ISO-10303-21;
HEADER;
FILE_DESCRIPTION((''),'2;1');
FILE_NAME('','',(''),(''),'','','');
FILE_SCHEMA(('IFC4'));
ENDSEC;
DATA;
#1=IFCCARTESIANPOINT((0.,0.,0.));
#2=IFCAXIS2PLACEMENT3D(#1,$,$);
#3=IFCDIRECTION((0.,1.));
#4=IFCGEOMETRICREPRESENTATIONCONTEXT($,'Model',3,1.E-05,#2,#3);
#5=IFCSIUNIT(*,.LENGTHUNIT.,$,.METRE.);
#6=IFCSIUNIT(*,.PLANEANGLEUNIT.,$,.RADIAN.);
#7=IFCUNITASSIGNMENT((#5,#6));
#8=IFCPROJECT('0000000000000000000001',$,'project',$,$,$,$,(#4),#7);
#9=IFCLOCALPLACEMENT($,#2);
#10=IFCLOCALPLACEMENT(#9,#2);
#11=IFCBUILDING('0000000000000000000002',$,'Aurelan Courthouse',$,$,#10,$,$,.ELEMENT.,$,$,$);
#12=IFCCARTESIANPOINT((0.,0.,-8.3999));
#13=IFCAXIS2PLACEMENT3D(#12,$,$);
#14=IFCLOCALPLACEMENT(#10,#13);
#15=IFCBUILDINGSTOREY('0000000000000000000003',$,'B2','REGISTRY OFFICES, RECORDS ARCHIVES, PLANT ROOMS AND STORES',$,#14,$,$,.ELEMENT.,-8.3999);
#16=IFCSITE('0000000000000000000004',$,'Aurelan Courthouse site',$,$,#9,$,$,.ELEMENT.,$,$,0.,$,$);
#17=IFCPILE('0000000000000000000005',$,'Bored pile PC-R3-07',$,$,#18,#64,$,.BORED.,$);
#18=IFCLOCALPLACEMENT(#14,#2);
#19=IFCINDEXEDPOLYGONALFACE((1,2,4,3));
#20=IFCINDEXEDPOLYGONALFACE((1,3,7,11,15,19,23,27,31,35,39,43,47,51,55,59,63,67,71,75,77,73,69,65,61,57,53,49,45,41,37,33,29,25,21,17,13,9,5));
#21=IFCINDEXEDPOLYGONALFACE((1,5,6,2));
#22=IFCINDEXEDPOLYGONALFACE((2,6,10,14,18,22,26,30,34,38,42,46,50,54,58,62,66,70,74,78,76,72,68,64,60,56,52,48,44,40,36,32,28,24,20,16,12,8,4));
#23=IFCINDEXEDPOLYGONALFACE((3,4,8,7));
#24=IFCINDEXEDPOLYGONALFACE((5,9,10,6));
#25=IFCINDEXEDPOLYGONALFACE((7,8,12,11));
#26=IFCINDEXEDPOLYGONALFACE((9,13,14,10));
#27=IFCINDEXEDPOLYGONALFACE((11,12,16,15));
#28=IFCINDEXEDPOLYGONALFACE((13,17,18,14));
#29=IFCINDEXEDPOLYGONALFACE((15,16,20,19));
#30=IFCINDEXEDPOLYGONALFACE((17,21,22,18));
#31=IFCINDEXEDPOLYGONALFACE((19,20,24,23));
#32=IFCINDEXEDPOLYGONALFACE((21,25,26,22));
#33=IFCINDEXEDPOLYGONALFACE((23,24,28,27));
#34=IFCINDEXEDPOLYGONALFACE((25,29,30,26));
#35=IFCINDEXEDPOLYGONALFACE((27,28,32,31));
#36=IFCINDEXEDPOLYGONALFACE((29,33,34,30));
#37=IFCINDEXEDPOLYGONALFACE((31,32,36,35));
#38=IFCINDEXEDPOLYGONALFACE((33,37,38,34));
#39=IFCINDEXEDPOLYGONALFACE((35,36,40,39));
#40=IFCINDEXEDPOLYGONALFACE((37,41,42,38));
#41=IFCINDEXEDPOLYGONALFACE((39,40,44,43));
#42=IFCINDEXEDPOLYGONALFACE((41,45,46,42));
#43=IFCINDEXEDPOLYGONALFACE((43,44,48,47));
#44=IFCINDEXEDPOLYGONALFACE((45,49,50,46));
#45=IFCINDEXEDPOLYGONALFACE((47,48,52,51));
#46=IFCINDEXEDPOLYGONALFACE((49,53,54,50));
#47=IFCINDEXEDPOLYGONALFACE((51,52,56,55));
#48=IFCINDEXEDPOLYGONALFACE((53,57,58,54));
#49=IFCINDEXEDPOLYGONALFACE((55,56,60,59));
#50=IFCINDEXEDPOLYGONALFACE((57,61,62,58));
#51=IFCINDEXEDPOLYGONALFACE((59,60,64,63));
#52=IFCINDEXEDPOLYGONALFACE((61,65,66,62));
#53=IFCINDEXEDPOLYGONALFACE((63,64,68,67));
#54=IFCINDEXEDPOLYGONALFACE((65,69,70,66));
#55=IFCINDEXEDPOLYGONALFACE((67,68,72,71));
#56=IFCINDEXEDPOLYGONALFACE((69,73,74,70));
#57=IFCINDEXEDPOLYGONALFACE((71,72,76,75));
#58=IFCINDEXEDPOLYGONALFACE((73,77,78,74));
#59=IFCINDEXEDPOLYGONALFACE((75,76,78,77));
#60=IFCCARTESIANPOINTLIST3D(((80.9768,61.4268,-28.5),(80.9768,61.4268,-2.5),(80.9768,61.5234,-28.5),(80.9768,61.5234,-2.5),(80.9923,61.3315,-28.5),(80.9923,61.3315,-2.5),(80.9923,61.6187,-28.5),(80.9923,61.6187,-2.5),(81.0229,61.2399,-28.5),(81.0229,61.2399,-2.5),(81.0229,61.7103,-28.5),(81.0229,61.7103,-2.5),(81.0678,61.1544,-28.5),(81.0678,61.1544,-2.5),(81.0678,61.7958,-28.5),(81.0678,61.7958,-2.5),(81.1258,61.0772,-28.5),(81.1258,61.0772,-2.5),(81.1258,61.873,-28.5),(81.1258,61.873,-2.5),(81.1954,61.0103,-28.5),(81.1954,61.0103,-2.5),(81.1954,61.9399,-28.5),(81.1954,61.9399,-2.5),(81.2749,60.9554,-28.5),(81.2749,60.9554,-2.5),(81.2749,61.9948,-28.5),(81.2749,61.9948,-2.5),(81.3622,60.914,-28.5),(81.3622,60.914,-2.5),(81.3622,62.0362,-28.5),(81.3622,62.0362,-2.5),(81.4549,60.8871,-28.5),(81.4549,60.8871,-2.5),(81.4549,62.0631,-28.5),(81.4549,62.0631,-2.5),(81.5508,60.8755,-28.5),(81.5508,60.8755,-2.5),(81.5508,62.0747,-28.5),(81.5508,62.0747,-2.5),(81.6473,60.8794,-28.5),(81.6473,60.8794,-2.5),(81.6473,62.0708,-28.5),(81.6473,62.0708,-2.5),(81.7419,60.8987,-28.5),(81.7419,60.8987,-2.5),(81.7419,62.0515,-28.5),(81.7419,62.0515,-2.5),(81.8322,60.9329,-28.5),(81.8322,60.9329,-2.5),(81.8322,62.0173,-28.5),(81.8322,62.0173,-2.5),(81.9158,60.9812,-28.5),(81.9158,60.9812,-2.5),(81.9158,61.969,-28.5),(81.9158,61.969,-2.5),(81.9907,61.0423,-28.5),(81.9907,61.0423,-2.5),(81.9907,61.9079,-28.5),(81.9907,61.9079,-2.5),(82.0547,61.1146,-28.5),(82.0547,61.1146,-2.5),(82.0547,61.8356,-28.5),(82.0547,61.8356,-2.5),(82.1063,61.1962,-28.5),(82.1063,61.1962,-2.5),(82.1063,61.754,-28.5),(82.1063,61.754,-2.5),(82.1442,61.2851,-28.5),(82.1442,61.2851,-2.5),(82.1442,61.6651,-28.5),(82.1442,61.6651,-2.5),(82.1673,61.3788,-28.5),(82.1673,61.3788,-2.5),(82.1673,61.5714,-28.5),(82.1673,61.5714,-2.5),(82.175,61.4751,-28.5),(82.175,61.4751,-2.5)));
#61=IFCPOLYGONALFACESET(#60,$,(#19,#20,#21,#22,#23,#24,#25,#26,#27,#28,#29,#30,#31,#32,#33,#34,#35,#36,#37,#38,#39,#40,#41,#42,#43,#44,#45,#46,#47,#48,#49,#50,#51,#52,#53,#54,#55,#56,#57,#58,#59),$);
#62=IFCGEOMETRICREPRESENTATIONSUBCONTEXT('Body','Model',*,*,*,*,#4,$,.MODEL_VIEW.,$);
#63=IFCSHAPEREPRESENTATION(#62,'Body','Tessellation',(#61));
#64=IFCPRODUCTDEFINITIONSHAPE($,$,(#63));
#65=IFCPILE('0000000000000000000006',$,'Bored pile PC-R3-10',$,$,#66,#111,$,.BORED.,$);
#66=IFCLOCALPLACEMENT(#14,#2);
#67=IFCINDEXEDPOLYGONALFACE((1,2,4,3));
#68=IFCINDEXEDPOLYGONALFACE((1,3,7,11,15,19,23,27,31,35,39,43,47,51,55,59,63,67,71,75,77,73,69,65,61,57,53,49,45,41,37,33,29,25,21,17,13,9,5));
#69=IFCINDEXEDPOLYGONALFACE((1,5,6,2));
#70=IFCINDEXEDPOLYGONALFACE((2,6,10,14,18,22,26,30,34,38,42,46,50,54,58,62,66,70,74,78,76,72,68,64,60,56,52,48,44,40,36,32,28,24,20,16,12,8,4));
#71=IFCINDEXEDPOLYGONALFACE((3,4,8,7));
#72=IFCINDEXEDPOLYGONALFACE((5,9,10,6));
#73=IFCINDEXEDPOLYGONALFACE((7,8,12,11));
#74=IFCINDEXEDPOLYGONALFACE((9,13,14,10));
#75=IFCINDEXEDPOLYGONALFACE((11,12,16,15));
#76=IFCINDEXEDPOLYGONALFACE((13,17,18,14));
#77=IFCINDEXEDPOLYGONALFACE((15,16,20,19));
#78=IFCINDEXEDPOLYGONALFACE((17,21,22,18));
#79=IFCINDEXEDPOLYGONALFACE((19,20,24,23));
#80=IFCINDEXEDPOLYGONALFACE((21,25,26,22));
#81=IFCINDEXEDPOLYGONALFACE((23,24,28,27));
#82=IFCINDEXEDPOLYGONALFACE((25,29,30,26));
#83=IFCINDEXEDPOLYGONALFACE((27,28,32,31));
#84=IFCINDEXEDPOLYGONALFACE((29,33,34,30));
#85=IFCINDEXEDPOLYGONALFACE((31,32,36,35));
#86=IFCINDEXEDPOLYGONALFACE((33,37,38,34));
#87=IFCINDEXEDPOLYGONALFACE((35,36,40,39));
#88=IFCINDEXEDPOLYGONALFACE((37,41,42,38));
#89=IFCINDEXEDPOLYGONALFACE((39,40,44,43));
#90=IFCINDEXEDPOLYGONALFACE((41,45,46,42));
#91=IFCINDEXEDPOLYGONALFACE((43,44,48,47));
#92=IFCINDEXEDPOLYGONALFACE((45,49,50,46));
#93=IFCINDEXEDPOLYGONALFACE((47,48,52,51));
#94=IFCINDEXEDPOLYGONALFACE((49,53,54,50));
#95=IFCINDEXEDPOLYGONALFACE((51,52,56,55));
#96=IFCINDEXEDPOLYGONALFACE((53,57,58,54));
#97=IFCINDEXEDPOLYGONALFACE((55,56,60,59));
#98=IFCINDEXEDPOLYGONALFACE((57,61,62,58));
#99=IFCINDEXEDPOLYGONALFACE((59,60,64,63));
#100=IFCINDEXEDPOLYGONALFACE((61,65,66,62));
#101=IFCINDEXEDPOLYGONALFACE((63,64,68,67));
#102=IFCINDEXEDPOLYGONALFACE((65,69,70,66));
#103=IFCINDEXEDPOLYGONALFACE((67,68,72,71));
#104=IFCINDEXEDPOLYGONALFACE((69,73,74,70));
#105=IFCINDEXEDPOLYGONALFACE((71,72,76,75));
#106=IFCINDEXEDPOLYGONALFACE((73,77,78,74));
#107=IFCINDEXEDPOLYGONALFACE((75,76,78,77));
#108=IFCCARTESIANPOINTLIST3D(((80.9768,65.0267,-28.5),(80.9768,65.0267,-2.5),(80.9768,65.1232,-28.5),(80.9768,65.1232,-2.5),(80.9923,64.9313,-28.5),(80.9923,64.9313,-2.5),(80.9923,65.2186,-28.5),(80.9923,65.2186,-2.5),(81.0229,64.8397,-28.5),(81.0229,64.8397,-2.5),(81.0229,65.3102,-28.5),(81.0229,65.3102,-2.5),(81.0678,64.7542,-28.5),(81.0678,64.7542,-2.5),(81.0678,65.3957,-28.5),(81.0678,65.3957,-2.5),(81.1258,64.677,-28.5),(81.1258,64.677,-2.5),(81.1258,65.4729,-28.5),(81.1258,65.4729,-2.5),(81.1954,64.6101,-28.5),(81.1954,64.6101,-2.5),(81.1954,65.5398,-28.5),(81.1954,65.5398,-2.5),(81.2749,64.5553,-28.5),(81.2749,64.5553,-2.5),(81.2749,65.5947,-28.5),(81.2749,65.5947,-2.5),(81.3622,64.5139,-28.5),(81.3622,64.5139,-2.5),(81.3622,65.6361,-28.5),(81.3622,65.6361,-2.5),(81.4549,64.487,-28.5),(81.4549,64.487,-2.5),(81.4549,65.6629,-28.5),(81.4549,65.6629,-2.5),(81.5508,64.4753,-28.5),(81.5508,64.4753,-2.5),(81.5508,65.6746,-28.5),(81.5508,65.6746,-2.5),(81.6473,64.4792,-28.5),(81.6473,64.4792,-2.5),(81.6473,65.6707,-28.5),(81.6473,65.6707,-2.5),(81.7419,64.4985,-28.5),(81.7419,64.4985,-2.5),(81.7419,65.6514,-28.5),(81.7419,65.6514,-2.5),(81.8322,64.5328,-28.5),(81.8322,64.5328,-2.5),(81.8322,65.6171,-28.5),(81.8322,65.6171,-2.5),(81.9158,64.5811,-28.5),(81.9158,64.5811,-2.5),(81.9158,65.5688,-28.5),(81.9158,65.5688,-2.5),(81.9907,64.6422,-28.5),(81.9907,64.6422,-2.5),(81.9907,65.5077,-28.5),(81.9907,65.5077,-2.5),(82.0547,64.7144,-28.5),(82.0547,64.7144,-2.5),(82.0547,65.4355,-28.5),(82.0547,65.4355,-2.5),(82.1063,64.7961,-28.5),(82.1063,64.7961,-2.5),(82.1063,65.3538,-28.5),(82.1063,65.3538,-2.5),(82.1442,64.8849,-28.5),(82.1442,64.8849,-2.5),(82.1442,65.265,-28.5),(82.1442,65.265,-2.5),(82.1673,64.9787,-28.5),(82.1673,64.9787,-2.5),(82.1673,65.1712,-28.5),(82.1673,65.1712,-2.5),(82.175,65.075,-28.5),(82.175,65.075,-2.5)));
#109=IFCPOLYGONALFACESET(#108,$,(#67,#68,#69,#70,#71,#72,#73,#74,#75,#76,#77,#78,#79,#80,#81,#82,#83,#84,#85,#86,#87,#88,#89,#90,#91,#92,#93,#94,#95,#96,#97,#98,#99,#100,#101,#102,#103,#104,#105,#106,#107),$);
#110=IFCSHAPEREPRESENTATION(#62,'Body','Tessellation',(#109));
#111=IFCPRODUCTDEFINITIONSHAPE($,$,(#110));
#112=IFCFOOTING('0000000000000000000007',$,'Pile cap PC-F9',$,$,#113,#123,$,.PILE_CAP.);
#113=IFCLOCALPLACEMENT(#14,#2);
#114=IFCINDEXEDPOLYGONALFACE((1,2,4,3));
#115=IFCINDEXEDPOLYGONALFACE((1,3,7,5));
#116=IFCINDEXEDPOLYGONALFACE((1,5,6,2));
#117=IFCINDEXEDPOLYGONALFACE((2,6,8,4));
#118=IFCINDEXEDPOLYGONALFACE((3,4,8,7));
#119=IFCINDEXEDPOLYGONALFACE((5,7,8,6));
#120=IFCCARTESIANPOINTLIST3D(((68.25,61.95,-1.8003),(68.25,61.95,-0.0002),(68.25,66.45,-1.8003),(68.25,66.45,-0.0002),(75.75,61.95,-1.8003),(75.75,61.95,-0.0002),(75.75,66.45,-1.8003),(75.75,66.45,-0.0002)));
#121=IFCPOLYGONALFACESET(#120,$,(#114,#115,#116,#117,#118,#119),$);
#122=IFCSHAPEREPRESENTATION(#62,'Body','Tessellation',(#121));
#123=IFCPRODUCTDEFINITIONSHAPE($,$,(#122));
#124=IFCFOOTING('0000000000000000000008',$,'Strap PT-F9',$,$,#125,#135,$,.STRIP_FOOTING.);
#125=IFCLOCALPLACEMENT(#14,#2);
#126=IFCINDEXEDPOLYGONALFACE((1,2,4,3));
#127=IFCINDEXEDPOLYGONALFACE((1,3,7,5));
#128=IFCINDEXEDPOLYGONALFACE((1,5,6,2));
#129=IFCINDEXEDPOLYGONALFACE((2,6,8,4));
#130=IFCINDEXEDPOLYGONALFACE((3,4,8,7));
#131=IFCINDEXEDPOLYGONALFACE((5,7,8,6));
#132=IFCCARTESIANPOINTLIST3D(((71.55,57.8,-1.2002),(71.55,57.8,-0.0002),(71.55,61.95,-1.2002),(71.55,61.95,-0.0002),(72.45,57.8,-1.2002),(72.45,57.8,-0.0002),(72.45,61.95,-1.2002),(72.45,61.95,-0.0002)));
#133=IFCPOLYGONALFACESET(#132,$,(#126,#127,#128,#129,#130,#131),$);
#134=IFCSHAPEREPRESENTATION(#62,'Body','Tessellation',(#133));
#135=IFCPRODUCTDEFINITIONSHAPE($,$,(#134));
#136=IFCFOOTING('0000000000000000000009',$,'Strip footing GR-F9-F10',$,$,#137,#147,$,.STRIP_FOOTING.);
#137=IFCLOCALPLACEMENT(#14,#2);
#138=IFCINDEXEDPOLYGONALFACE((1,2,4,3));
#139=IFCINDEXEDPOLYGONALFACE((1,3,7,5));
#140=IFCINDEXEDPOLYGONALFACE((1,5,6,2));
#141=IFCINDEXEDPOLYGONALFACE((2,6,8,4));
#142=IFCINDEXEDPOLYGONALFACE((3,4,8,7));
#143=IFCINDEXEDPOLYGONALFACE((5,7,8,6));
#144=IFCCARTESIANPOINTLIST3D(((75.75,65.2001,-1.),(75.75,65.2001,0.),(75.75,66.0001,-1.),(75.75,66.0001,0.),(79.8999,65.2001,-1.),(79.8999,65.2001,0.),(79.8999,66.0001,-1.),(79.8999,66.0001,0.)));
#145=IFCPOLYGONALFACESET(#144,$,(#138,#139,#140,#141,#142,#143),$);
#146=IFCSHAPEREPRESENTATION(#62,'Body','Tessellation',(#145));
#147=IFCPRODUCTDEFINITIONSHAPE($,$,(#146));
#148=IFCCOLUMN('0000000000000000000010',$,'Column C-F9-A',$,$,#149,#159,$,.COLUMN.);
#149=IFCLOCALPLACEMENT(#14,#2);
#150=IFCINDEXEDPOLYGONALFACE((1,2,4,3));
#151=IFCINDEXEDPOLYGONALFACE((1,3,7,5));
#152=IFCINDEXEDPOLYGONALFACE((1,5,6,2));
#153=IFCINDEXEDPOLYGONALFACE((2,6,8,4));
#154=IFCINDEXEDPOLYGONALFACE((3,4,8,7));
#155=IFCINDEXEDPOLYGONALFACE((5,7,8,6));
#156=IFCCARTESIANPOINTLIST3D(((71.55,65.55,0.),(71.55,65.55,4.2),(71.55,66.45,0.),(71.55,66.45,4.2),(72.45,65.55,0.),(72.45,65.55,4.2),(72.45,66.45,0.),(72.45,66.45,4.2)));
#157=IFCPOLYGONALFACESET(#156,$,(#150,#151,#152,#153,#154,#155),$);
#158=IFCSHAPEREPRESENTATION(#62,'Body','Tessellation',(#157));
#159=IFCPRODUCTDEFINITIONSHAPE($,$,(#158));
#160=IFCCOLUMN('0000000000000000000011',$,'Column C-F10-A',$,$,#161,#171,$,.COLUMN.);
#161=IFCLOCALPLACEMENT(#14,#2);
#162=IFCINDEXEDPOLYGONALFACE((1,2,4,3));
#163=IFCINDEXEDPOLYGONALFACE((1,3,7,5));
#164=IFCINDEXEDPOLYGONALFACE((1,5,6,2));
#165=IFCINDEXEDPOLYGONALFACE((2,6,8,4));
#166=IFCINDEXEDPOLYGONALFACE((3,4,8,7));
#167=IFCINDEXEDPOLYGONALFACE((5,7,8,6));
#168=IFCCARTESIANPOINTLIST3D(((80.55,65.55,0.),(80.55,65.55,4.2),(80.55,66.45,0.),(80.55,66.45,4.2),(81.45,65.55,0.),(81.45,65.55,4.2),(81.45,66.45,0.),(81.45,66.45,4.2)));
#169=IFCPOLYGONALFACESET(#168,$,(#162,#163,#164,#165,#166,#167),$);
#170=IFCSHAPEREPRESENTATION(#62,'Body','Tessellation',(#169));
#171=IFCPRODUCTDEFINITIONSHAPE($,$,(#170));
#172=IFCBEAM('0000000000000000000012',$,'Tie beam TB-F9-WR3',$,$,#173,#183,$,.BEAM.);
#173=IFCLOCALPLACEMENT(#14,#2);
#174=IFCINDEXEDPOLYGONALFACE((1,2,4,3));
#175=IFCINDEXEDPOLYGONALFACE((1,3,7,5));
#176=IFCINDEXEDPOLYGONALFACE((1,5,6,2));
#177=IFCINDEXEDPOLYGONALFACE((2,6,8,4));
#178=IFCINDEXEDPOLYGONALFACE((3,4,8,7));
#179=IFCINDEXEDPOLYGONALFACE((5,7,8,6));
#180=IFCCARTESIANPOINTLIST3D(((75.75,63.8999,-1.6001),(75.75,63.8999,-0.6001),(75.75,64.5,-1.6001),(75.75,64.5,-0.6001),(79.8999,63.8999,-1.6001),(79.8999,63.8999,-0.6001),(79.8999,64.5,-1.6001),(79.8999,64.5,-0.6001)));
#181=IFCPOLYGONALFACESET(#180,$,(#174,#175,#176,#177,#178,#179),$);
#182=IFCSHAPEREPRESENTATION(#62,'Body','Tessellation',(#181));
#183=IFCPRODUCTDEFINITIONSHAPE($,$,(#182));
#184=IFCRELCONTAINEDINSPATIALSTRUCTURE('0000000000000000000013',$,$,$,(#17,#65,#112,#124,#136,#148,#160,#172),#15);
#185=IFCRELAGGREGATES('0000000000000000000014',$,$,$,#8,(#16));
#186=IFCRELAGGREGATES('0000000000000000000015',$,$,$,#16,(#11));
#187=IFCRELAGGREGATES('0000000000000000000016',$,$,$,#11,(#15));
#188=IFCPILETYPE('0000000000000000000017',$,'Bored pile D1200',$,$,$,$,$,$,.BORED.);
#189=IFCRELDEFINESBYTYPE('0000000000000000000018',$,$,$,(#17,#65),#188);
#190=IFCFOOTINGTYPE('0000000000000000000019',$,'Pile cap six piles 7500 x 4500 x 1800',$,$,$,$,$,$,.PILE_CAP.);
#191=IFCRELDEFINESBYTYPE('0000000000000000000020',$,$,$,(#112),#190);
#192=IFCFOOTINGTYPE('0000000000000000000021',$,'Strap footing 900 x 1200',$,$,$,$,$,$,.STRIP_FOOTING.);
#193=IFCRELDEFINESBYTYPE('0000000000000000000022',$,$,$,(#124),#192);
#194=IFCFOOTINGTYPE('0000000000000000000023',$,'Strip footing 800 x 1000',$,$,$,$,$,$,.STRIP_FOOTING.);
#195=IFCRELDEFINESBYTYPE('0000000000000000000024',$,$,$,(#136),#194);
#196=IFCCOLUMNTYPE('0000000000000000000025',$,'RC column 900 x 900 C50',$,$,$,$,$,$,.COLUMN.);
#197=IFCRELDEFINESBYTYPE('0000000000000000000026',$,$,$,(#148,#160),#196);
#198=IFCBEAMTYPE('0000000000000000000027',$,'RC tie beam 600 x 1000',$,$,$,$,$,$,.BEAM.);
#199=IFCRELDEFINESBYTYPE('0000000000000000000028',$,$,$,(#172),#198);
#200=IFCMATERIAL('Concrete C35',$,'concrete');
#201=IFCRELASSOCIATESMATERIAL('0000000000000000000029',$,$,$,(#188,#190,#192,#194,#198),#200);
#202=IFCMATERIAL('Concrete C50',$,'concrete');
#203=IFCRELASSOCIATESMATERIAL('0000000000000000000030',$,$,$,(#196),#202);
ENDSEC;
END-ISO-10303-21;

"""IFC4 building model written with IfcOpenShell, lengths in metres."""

from ifc_helpers import new_model, si_unit, direction, frame, origin, origin_2d, place, context, subcontext, project, spatial, rectangle, circle, extrude, material, material_profile, profile_set, type_object, element, save


model = new_model("IFC4")

# Units and contexts
model_context = context("Model", 3, precision=1e-05, world=origin(), true_north=direction((0.0, 1.0)))
body_context = subcontext(model_context, "Body", "Model", "MODEL_VIEW")
ifc_project = project(units=[si_unit("LENGTHUNIT", "METRE"), si_unit("PLANEANGLEUNIT", "RADIAN")], contexts=[model_context])

# Site, building, storey
site_placement = place(None, origin())
site = spatial("IfcSite", under=ifc_project, at=site_placement, Name="Aurelan Courthouse site", CompositionType="ELEMENT", RefElevation=0.0)
building_placement = place(site_placement, origin())
building = spatial("IfcBuilding", under=site, at=building_placement, Name="Aurelan Courthouse", CompositionType="ELEMENT")
storey_placement = place(building_placement, frame((0.0, 0.0, -8.3999)))
storey = spatial("IfcBuildingStorey", under=building, at=storey_placement, Name="B2", Description="REGISTRY OFFICES, RECORDS ARCHIVES, PLANT ROOMS AND STORES", CompositionType="ELEMENT", Elevation=-8.3999)

# Piles
ifc_material_1 = material(Name="Concrete C35", Category="concrete")
ifc_material_profile_1 = material_profile(ifc_material_1, circle(Radius=0.6001, at=origin_2d()), Name="D1200")
ifc_profile_set_1 = profile_set([ifc_material_profile_1], Name="Concrete C35")
pile_type_1 = type_object("IfcPileType", Name="Bored pile D1200", PredefinedType="BORED", material=ifc_profile_set_1)
for number, where, z_axis, x_axis, name in (
    (1, (81.575, 61.4751, -2.5), (0.0, 0.0, -1.0), (1.0, 0.0, 0.0), "Bored pile PC-R3-07"),
    (2, (81.575, 65.075, -2.5), (0.0, 0.0, -1.0), (1.0, 0.0, 0.0), "Bored pile PC-R3-10"),
):
    element("IfcPile", number, at=place(storey_placement, frame(where, z_axis=z_axis, x_axis=x_axis)), inside=storey, type_object=pile_type_1, Name=name, PredefinedType="BORED", context=body_context, shape_type="SweptSolid", body=[
        extrude(circle(Radius=0.6001, at=origin_2d()), origin(), (0.0, 0.0, 1.0), 26.0),
    ])

# Footings
footing_type_1 = type_object("IfcFootingType", Name="Pile cap six piles 7500 x 4500 x 1800", PredefinedType="PILE_CAP", material=ifc_material_1)
footing_1_placement = place(storey_placement, frame((72.0, 64.2, -1.8003), z_axis=(0.0, 0.0, 1.0), x_axis=(1.0, 0.0, 0.0)))
element("IfcFooting", 3, at=footing_1_placement, inside=storey, type_object=footing_type_1, Name="Pile cap PC-F9", PredefinedType="PILE_CAP", context=body_context, shape_type="SweptSolid", body=[
    extrude(rectangle(XDim=7.5, YDim=4.5, at=origin_2d()), origin(), (0.0, 0.0, 1.0), 1.8),
])
footing_type_2 = type_object("IfcFootingType", Name="Strap footing 900 x 1200", PredefinedType="STRIP_FOOTING", material=ifc_material_1)
footing_2_placement = place(storey_placement, frame((72.0, 59.875, -1.2002), z_axis=(0.0, 0.0, 1.0), x_axis=(1.0, 0.0, 0.0)))
element("IfcFooting", 4, at=footing_2_placement, inside=storey, type_object=footing_type_2, Name="Strap PT-F9", PredefinedType="STRIP_FOOTING", context=body_context, shape_type="SweptSolid", body=[
    extrude(rectangle(XDim=0.8999, YDim=4.1499, at=origin_2d()), origin(), (0.0, 0.0, 1.0), 1.2),
])
footing_type_3 = type_object("IfcFootingType", Name="Strip footing 800 x 1000", PredefinedType="STRIP_FOOTING", material=ifc_material_1)
footing_3_placement = place(storey_placement, frame((77.825, 65.6001, -1.0), z_axis=(0.0, 0.0, 1.0), x_axis=(1.0, 0.0, 0.0)))
element("IfcFooting", 5, at=footing_3_placement, inside=storey, type_object=footing_type_3, Name="Strip footing GR-F9-F10", PredefinedType="STRIP_FOOTING", context=body_context, shape_type="SweptSolid", body=[
    extrude(rectangle(XDim=4.1499, YDim=0.8, at=origin_2d()), origin(), (0.0, 0.0, 1.0), 1.0),
])

# Columns
ifc_material_2 = material(Name="Concrete C50", Category="concrete")
ifc_material_profile_2 = material_profile(ifc_material_2, rectangle(XDim=0.8999, YDim=0.8999, at=origin_2d()), Name="RC 900 x 900")
ifc_profile_set_2 = profile_set([ifc_material_profile_2], Name="Concrete C50")
column_type = type_object("IfcColumnType", Name="RC column 900 x 900 C50", PredefinedType="COLUMN", material=ifc_profile_set_2)
for number, where, z_axis, x_axis, name in (
    (6, (72.0, 66.0, 0.0), (0.0, 0.0, 1.0), (1.0, 0.0, 0.0), "Column C-F9-A"),
    (7, (81.0, 66.0, 0.0), (0.0, 0.0, 1.0), (1.0, 0.0, 0.0), "Column C-F10-A"),
):
    element("IfcColumn", number, at=place(storey_placement, frame(where, z_axis=z_axis, x_axis=x_axis)), inside=storey, type_object=column_type, Name=name, PredefinedType="COLUMN", context=body_context, shape_type="SweptSolid", body=[
        extrude(rectangle(XDim=0.8999, YDim=0.8999, at=origin_2d()), origin(), (0.0, 0.0, 1.0), 4.2),
    ])

# Beam
ifc_material_profile_3 = material_profile(ifc_material_1, rectangle(XDim=0.6001, YDim=1.0, at=origin_2d()), Name="RC 600 x 1000")
ifc_profile_set_3 = profile_set([ifc_material_profile_3], Name="Concrete C35")
beam_type = type_object("IfcBeamType", Name="RC tie beam 600 x 1000", PredefinedType="BEAM", material=ifc_profile_set_3)
beam_placement = place(storey_placement, frame((75.75, 64.2, -1.1001), z_axis=(1.0, 0.0, 0.0), x_axis=(0.0, 1.0, 0.0)))
element("IfcBeam", 8, at=beam_placement, inside=storey, type_object=beam_type, Name="Tie beam TB-F9-WR3", PredefinedType="BEAM", context=body_context, shape_type="SweptSolid", body=[
    extrude(rectangle(XDim=0.6001, YDim=1.0, at=origin_2d()), origin(), (0.0, 0.0, 1.0), 4.1499),
])

save(model, "model.ifc")
